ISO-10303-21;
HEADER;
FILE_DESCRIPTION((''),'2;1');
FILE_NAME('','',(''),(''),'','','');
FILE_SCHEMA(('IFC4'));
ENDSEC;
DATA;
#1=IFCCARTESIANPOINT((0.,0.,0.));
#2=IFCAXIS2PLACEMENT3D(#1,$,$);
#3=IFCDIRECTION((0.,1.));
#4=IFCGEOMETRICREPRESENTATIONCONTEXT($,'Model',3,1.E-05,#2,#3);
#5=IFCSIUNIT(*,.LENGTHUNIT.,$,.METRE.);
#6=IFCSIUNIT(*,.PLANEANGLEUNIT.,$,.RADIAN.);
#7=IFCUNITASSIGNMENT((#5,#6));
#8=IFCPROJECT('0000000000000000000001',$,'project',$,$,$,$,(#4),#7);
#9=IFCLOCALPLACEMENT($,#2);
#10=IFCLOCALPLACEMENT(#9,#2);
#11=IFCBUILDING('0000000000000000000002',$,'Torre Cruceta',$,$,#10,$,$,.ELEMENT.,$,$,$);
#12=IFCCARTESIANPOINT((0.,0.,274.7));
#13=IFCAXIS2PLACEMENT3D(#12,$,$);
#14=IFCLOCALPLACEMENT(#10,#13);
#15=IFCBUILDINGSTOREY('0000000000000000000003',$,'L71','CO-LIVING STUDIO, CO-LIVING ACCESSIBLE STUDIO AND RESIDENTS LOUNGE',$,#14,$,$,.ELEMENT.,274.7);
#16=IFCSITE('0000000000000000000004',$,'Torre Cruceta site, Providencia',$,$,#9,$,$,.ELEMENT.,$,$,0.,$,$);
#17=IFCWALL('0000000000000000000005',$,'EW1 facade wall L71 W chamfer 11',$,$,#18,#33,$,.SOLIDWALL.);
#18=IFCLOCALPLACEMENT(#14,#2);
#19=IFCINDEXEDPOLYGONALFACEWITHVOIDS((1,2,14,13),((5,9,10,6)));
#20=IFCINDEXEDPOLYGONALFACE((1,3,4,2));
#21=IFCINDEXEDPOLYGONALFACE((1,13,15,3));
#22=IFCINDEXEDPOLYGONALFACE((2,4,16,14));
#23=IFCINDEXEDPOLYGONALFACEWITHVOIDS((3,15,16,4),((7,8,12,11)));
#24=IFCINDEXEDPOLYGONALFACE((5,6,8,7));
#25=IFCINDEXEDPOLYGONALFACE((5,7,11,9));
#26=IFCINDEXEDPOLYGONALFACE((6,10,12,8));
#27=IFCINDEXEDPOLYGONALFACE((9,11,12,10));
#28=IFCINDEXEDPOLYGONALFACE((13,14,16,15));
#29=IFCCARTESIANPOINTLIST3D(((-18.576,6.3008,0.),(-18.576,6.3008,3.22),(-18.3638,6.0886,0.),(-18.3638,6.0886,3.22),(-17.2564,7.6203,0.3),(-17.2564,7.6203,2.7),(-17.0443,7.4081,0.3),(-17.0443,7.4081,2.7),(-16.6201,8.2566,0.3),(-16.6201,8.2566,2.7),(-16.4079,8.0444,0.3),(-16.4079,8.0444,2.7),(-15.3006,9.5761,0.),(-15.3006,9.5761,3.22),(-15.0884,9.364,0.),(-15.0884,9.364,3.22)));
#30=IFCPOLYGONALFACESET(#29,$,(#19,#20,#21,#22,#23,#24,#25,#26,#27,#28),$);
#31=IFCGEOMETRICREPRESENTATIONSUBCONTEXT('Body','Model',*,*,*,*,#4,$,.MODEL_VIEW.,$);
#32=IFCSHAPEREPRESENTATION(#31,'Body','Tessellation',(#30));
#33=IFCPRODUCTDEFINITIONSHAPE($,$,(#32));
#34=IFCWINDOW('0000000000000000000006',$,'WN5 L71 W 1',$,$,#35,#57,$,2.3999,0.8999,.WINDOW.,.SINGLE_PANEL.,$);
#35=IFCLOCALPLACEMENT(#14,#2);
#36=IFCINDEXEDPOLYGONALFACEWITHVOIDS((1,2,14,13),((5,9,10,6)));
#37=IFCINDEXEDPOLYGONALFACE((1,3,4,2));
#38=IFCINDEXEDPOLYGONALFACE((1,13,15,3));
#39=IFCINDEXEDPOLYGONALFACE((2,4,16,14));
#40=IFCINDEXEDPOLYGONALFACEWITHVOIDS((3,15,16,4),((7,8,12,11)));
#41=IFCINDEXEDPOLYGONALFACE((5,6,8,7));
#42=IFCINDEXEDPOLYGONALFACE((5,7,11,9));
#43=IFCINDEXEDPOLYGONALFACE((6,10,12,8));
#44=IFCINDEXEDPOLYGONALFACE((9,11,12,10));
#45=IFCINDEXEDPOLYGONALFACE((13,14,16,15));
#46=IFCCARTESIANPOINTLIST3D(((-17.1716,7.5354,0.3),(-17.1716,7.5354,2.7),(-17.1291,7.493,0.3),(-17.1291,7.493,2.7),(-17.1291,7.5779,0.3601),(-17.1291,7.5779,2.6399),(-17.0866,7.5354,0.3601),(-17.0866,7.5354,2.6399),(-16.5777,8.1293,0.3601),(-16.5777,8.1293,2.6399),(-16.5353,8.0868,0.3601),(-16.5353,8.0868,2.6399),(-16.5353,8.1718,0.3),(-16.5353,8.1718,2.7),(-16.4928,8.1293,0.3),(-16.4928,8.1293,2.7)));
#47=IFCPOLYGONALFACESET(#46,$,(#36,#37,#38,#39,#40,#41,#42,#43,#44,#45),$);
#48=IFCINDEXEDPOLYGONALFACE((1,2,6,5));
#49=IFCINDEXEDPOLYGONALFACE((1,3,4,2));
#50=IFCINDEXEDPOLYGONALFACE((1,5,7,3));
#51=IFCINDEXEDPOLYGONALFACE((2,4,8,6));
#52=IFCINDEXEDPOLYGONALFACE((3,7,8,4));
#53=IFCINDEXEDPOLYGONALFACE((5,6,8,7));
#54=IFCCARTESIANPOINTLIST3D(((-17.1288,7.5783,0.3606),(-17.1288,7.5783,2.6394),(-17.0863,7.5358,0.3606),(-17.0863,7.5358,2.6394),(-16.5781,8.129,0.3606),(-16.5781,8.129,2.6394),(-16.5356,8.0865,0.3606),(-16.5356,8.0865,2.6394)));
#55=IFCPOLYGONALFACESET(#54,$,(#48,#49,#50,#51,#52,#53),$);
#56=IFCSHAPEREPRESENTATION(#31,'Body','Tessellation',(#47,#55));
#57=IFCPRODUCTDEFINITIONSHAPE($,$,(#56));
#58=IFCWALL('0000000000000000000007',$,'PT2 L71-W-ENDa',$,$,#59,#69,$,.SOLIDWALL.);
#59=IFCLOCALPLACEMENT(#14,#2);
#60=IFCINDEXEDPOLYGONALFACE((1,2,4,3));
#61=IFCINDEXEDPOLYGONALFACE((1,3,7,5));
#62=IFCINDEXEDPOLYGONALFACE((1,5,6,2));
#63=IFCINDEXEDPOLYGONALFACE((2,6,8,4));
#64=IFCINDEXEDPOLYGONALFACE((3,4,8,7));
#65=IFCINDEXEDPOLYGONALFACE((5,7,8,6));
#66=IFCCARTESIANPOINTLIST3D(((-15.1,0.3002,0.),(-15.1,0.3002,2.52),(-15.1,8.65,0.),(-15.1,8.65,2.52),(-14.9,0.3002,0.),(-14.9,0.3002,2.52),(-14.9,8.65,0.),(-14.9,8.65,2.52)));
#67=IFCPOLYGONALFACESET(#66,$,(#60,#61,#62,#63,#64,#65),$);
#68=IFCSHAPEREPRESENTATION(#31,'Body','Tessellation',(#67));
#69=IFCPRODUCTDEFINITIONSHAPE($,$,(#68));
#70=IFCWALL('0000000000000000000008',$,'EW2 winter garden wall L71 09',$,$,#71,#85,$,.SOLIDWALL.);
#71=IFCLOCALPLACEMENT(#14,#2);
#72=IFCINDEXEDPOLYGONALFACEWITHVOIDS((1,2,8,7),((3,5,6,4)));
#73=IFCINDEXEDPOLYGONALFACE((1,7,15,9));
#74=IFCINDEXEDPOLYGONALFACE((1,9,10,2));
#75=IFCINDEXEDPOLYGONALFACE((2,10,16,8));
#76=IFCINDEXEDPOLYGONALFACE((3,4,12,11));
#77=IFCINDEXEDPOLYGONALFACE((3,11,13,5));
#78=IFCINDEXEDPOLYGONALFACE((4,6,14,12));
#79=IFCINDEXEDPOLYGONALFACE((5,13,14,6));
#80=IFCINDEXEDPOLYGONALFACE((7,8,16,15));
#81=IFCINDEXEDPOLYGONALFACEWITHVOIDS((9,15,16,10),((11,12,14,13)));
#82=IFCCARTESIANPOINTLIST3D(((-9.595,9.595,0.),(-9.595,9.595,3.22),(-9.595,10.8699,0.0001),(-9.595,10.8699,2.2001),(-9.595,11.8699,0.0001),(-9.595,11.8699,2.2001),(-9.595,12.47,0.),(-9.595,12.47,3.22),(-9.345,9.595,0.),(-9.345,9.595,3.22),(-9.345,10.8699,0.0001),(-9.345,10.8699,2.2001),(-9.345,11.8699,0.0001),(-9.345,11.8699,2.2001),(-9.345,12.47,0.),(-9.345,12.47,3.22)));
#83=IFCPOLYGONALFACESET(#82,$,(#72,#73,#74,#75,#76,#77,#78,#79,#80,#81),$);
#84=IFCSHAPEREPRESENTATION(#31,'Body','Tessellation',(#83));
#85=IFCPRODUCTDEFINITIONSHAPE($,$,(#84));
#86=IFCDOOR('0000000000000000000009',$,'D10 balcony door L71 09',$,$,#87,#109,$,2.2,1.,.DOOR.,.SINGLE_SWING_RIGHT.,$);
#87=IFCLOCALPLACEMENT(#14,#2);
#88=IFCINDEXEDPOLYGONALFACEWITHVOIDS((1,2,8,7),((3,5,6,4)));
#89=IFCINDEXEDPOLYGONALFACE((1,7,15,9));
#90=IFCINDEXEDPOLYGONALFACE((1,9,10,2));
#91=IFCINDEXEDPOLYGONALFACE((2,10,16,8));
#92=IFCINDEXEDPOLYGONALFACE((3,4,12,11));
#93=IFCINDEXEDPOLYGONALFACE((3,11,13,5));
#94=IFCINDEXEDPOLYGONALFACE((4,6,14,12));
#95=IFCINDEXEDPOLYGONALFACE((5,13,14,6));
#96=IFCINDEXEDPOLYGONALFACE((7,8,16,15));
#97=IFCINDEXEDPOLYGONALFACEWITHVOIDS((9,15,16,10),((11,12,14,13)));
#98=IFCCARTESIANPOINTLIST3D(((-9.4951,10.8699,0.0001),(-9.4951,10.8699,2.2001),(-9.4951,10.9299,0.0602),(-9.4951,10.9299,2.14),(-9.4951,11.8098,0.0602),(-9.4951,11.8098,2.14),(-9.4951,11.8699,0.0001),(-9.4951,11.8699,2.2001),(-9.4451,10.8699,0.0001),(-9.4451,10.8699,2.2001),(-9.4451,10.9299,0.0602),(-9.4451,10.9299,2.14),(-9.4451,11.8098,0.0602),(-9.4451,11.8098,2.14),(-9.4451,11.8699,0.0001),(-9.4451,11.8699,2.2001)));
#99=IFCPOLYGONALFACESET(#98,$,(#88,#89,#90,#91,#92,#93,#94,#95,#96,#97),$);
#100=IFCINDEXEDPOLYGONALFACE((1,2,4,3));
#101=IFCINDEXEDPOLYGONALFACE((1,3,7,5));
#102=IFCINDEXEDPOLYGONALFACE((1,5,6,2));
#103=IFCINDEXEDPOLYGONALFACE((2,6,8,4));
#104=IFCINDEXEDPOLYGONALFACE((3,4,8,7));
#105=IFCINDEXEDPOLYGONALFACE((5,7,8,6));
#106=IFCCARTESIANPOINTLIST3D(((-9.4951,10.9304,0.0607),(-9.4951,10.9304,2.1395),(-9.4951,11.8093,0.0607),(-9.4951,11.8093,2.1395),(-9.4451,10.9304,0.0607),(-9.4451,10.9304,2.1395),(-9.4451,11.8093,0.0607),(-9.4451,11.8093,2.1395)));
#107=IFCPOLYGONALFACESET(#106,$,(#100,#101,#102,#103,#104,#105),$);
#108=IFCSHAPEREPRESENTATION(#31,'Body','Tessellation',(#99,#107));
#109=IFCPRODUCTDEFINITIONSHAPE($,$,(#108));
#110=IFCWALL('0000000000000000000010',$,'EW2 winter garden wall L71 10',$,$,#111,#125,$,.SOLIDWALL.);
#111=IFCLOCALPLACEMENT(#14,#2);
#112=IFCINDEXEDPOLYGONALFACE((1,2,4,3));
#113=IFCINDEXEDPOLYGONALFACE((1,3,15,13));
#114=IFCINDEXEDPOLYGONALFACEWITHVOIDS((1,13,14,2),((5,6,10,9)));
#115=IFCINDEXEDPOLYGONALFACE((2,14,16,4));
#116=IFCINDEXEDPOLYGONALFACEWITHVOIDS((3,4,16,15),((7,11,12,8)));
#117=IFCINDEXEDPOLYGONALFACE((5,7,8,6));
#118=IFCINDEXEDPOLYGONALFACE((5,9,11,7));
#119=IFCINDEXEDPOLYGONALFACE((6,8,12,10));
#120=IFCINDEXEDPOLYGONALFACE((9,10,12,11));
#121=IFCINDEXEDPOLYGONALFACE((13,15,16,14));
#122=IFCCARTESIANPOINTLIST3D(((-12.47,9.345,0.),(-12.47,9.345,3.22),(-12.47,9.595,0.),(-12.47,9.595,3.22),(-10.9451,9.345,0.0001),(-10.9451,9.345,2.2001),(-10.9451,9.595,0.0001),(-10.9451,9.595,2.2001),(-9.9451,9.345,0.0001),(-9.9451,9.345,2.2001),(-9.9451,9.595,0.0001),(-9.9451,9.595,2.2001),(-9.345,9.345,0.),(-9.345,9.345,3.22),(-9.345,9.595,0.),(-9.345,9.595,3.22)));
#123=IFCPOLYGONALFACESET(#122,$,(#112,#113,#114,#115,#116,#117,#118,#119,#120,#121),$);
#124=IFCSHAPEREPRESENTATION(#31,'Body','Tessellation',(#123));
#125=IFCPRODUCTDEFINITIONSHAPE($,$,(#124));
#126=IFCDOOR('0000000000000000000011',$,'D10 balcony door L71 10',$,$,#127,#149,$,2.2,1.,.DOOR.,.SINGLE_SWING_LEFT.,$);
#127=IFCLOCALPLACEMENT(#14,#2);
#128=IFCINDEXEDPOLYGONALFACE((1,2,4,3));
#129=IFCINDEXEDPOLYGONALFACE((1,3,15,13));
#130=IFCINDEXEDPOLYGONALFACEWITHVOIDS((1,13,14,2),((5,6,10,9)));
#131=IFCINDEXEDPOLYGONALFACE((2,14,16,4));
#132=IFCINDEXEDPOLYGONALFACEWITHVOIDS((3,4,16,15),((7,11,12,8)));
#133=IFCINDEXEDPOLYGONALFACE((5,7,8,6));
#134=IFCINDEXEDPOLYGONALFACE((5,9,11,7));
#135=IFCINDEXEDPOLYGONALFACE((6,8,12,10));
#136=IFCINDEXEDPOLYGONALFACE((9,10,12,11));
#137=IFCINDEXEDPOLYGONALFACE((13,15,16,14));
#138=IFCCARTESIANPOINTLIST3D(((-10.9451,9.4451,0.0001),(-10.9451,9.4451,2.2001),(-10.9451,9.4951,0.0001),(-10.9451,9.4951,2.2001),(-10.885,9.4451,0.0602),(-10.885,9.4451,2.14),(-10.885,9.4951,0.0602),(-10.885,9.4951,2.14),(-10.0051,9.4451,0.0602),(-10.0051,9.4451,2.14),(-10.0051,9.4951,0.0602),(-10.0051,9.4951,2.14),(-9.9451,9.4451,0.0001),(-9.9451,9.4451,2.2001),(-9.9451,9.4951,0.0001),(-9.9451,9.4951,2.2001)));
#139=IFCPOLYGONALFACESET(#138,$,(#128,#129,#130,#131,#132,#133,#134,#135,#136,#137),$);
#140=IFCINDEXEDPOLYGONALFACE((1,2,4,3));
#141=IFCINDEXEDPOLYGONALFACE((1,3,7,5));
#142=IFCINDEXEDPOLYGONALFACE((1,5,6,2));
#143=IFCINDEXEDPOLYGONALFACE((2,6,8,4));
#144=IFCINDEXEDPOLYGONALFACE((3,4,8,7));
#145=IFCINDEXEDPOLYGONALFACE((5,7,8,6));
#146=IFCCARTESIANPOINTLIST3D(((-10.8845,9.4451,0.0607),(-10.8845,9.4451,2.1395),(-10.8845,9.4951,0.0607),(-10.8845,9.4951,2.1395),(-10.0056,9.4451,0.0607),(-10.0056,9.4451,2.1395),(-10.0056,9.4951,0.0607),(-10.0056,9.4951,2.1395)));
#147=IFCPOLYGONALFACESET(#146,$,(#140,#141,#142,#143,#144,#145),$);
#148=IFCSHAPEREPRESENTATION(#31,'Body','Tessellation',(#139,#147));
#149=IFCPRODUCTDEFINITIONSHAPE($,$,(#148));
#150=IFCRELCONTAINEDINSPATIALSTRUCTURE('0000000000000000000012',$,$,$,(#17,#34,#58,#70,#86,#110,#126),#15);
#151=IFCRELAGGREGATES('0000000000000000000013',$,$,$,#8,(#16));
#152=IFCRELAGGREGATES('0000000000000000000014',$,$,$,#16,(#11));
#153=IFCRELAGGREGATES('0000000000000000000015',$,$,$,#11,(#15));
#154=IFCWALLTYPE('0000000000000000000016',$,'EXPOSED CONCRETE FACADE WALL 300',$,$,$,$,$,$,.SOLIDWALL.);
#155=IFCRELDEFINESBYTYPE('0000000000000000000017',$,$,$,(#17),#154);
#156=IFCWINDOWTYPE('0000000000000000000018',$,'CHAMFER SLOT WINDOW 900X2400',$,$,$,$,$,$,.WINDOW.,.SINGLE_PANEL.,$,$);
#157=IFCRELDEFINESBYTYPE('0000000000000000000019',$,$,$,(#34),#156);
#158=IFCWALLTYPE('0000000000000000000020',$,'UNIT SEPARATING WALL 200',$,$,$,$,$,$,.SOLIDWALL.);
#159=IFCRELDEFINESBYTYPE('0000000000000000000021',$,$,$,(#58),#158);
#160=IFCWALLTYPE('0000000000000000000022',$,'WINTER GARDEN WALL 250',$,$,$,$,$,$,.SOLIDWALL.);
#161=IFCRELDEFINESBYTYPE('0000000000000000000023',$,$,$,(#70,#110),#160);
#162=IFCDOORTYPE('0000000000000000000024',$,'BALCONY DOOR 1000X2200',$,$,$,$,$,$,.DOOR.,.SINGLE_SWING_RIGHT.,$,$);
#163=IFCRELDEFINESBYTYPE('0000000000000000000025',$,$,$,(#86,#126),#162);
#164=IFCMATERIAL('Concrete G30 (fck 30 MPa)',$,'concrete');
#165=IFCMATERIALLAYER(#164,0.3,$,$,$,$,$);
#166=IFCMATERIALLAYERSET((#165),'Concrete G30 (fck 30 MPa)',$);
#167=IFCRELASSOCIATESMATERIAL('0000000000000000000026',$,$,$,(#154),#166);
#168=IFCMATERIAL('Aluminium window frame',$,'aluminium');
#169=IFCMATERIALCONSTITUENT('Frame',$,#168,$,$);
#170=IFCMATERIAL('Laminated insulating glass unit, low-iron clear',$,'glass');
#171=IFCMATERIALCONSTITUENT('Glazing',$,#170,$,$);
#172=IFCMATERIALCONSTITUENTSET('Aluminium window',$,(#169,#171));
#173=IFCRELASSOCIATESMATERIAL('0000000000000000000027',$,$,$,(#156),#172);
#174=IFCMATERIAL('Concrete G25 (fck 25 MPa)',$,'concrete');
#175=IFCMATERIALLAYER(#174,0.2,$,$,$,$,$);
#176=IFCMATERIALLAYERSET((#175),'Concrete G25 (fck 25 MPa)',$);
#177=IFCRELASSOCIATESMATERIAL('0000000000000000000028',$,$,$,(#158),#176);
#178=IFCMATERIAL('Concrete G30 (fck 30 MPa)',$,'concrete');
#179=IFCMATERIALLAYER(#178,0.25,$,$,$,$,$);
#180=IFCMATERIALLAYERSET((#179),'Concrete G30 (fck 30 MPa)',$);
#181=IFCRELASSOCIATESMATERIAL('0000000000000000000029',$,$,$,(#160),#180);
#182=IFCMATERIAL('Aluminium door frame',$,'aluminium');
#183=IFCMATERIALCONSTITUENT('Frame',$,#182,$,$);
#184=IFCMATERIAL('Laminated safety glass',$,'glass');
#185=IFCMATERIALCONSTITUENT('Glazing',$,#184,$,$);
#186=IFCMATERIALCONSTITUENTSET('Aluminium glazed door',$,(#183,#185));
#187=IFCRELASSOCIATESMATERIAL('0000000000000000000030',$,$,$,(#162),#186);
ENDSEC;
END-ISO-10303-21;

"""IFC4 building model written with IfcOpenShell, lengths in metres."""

from ifc_helpers import new_model, si_unit, direction, frame, frame_2d, origin, place, context, subcontext, project, spatial, rectangle, hollow_rectangle, extrude, material, layer, layer_set, constituent, constituent_set, type_object, element, fill, save


model = new_model("IFC4")

# Units and contexts
model_context = context("Model", 3, precision=1e-05, world=origin(), true_north=direction((0.0, 1.0)))
body_context = subcontext(model_context, "Body", "Model", "MODEL_VIEW")
ifc_project = project(units=[si_unit("LENGTHUNIT", "METRE"), si_unit("PLANEANGLEUNIT", "RADIAN")], contexts=[model_context])

# Site, building, storey
site_placement = place(None, origin())
site = spatial("IfcSite", under=ifc_project, at=site_placement, Name="Torre Cruceta site, Providencia", CompositionType="ELEMENT", RefElevation=0.0)
building_placement = place(site_placement, origin())
building = spatial("IfcBuilding", under=site, at=building_placement, Name="Torre Cruceta", CompositionType="ELEMENT")
storey_placement = place(building_placement, frame((0.0, 0.0, 274.7)))
storey = spatial("IfcBuildingStorey", under=building, at=storey_placement, Name="L71", Description="CO-LIVING STUDIO, CO-LIVING ACCESSIBLE STUDIO AND RESIDENTS LOUNGE", CompositionType="ELEMENT", Elevation=274.7)

# Wall, opening, window
ifc_material_1 = material(Name="Concrete G30 (fck 30 MPa)", Category="concrete")
ifc_layer_1 = layer(ifc_material_1, 0.3)
ifc_layer_set_1 = layer_set([ifc_layer_1], Name="Concrete G30 (fck 30 MPa)")
wall_type_1 = type_object("IfcWallType", Name="EXPOSED CONCRETE FACADE WALL 300", PredefinedType="SOLIDWALL", material=ifc_layer_set_1)
wall_1_placement = place(storey_placement, frame((-15.1946, 9.47, 0.0), z_axis=(0.0, 0.0, 1.0), x_axis=(-0.707107, -0.707107, 0.0)))
wall_1 = element("IfcWall", 1, at=wall_1_placement, inside=storey, type_object=wall_type_1, Name="EW1 facade wall L71 W chamfer 11", PredefinedType="SOLIDWALL", context=body_context, shape_type="SweptSolid", body=[
    extrude(rectangle(XDim=4.6321, YDim=0.3, at=frame_2d((2.3159, 0.0))), origin(), (0.0, 0.0, 1.0), 3.22),
])
opening_1_placement = place(wall_1_placement, frame((1.866, 0.0, 0.3)))
opening_1 = element("IfcOpeningElement", 2, at=opening_1_placement, cuts=wall_1, PredefinedType="OPENING", context=body_context, shape_type="SweptSolid", body=[
    extrude(rectangle(XDim=0.8999, YDim=2.3999, at=frame_2d((0.45, 1.2))), frame((0.0, 0.1599, 0.0), z_axis=(0.0, -1.0, 0.0), x_axis=(1.0, 0.0, 0.0)), (0.0, 0.0, 1.0), 0.3201),
])
ifc_material_2 = material(Name="Aluminium window frame", Category="aluminium")
ifc_constituent_1 = constituent(ifc_material_2, Name="Frame")
ifc_material_3 = material(Name="Laminated insulating glass unit, low-iron clear", Category="glass")
ifc_constituent_2 = constituent(ifc_material_3, Name="Glazing")
ifc_constituent_set_1 = constituent_set(constituents=[ifc_constituent_1, ifc_constituent_2], Name="Aluminium window")
window_type = type_object("IfcWindowType", Name="CHAMFER SLOT WINDOW 900X2400", PartitioningType="SINGLE_PANEL", PredefinedType="WINDOW", material=ifc_constituent_set_1)
window_placement = place(opening_1_placement, origin())
window = element("IfcWindow", 3, at=window_placement, inside=storey, type_object=window_type, Name="WN5 L71 W 1", OverallHeight=2.3999, OverallWidth=0.8999, PartitioningType="SINGLE_PANEL", PredefinedType="WINDOW", context=body_context, shape_type="SweptSolid", body=[
    extrude(hollow_rectangle(XDim=0.8999, YDim=2.3999, WallThickness=0.0601, at=frame_2d((0.45, 1.2))), frame((0.0, 0.03, 0.0), z_axis=(0.0, -1.0, 0.0), x_axis=(1.0, 0.0, 0.0)), (0.0, 0.0, 1.0), 0.0601),
    extrude(rectangle(XDim=0.7788, YDim=2.2788, at=frame_2d((0.45, 1.2))), frame((0.0, 0.03, 0.0), z_axis=(0.0, -1.0, 0.0), x_axis=(1.0, 0.0, 0.0)), (0.0, 0.0, 1.0), 0.0601),
])
fill(opening_1, window)

# Wall
ifc_material_4 = material(Name="Concrete G25 (fck 25 MPa)", Category="concrete")
ifc_layer_2 = layer(ifc_material_4, 0.2)
ifc_layer_set_2 = layer_set([ifc_layer_2], Name="Concrete G25 (fck 25 MPa)")
wall_type_2 = type_object("IfcWallType", Name="UNIT SEPARATING WALL 200", PredefinedType="SOLIDWALL", material=ifc_layer_set_2)
wall_2_placement = place(storey_placement, frame((-15.0, 8.6499, 0.0), z_axis=(0.0, 0.0, 1.0), x_axis=(0.0, -1.0, 0.0)))
element("IfcWall", 4, at=wall_2_placement, inside=storey, type_object=wall_type_2, Name="PT2 L71-W-ENDa", PredefinedType="SOLIDWALL", context=body_context, shape_type="SweptSolid", body=[
    extrude(rectangle(XDim=8.3499, YDim=0.2, at=frame_2d((4.1748, 0.0))), origin(), (0.0, 0.0, 1.0), 2.52),
])

# Walls, openings, doors
ifc_material_5 = material(Name="Concrete G30 (fck 30 MPa)", Category="concrete")
ifc_layer_3 = layer(ifc_material_5, 0.25)
ifc_layer_set_3 = layer_set([ifc_layer_3], Name="Concrete G30 (fck 30 MPa)")
wall_type_3 = type_object("IfcWallType", Name="WINTER GARDEN WALL 250", PredefinedType="SOLIDWALL", material=ifc_layer_set_3)
wall_3_placement = place(storey_placement, frame((-9.47, 12.47, 0.0), z_axis=(0.0, 0.0, 1.0), x_axis=(0.0, -1.0, 0.0)))
wall_3 = element("IfcWall", 5, at=wall_3_placement, inside=storey, type_object=wall_type_3, Name="EW2 winter garden wall L71 09", PredefinedType="SOLIDWALL", context=body_context, shape_type="SweptSolid", body=[
    extrude(rectangle(XDim=2.875, YDim=0.25, at=frame_2d((1.4375, 0.0))), origin(), (0.0, 0.0, 1.0), 3.22),
])
opening_2_placement = place(wall_3_placement, frame((0.6001, 0.0, 0.0)))
opening_2 = element("IfcOpeningElement", 6, at=opening_2_placement, cuts=wall_3, PredefinedType="OPENING", context=body_context, shape_type="SweptSolid", body=[
    extrude(rectangle(XDim=1.0, YDim=2.2, at=frame_2d((0.5, 1.1001))), frame((0.0, 0.135, 0.0), z_axis=(0.0, -1.0, 0.0), x_axis=(1.0, 0.0, 0.0)), (0.0, 0.0, 1.0), 0.27),
])
ifc_material_6 = material(Name="Aluminium door frame", Category="aluminium")
ifc_constituent_3 = constituent(ifc_material_6, Name="Frame")
ifc_material_7 = material(Name="Laminated safety glass", Category="glass")
ifc_constituent_4 = constituent(ifc_material_7, Name="Glazing")
ifc_constituent_set_2 = constituent_set(constituents=[ifc_constituent_3, ifc_constituent_4], Name="Aluminium glazed door")
door_type_1 = type_object("IfcDoorType", Name="BALCONY DOOR 1000X2200", OperationType="SINGLE_SWING_RIGHT", PredefinedType="DOOR", material=ifc_constituent_set_2)
door_1_placement = place(opening_2_placement, origin())
door_1 = element("IfcDoor", 7, at=door_1_placement, inside=storey, type_object=door_type_1, Name="D10 balcony door L71 09", OperationType="SINGLE_SWING_RIGHT", OverallHeight=2.2, OverallWidth=1.0, PredefinedType="DOOR", context=body_context, shape_type="SweptSolid", body=[
    extrude(hollow_rectangle(XDim=1.0, YDim=2.2, WallThickness=0.0601, at=frame_2d((0.5, 1.1001))), frame((0.0, 0.0249, 0.0), z_axis=(0.0, -1.0, 0.0), x_axis=(1.0, 0.0, 0.0)), (0.0, 0.0, 1.0), 0.05),
    extrude(rectangle(XDim=0.8789, YDim=2.0789, at=frame_2d((0.5, 1.1001))), frame((0.0, 0.0249, 0.0), z_axis=(0.0, -1.0, 0.0), x_axis=(1.0, 0.0, 0.0)), (0.0, 0.0, 1.0), 0.05),
])
fill(opening_2, door_1)
wall_4_placement = place(storey_placement, frame((-9.345, 9.47, 0.0), z_axis=(0.0, 0.0, 1.0), x_axis=(-1.0, 0.0, 0.0)))
wall_4 = element("IfcWall", 8, at=wall_4_placement, inside=storey, type_object=wall_type_3, Name="EW2 winter garden wall L71 10", PredefinedType="SOLIDWALL", context=body_context, shape_type="SweptSolid", body=[
    extrude(rectangle(XDim=3.125, YDim=0.25, at=frame_2d((1.5625, 0.0))), origin(), (0.0, 0.0, 1.0), 3.22),
])
opening_3_placement = place(wall_4_placement, frame((0.6001, 0.0, 0.0)))
opening_3 = element("IfcOpeningElement", 9, at=opening_3_placement, cuts=wall_4, PredefinedType="OPENING", context=body_context, shape_type="SweptSolid", body=[
    extrude(rectangle(XDim=1.0, YDim=2.2, at=frame_2d((0.5, 1.1001))), frame((0.0, 0.135, 0.0), z_axis=(0.0, -1.0, 0.0), x_axis=(1.0, 0.0, 0.0)), (0.0, 0.0, 1.0), 0.27),
])
door_2_placement = place(opening_3_placement, origin())
door_2 = element("IfcDoor", 10, at=door_2_placement, inside=storey, type_object=door_type_1, Name="D10 balcony door L71 10", OperationType="SINGLE_SWING_LEFT", OverallHeight=2.2, OverallWidth=1.0, PredefinedType="DOOR", context=body_context, shape_type="SweptSolid", body=[
    extrude(hollow_rectangle(XDim=1.0, YDim=2.2, WallThickness=0.0601, at=frame_2d((0.5, 1.1001))), frame((0.0, 0.0249, 0.0), z_axis=(0.0, -1.0, 0.0), x_axis=(1.0, 0.0, 0.0)), (0.0, 0.0, 1.0), 0.05),
    extrude(rectangle(XDim=0.8789, YDim=2.0789, at=frame_2d((0.5, 1.1001))), frame((0.0, 0.0249, 0.0), z_axis=(0.0, -1.0, 0.0), x_axis=(1.0, 0.0, 0.0)), (0.0, 0.0, 1.0), 0.05),
])
fill(opening_3, door_2)

save(model, "model.ifc")
